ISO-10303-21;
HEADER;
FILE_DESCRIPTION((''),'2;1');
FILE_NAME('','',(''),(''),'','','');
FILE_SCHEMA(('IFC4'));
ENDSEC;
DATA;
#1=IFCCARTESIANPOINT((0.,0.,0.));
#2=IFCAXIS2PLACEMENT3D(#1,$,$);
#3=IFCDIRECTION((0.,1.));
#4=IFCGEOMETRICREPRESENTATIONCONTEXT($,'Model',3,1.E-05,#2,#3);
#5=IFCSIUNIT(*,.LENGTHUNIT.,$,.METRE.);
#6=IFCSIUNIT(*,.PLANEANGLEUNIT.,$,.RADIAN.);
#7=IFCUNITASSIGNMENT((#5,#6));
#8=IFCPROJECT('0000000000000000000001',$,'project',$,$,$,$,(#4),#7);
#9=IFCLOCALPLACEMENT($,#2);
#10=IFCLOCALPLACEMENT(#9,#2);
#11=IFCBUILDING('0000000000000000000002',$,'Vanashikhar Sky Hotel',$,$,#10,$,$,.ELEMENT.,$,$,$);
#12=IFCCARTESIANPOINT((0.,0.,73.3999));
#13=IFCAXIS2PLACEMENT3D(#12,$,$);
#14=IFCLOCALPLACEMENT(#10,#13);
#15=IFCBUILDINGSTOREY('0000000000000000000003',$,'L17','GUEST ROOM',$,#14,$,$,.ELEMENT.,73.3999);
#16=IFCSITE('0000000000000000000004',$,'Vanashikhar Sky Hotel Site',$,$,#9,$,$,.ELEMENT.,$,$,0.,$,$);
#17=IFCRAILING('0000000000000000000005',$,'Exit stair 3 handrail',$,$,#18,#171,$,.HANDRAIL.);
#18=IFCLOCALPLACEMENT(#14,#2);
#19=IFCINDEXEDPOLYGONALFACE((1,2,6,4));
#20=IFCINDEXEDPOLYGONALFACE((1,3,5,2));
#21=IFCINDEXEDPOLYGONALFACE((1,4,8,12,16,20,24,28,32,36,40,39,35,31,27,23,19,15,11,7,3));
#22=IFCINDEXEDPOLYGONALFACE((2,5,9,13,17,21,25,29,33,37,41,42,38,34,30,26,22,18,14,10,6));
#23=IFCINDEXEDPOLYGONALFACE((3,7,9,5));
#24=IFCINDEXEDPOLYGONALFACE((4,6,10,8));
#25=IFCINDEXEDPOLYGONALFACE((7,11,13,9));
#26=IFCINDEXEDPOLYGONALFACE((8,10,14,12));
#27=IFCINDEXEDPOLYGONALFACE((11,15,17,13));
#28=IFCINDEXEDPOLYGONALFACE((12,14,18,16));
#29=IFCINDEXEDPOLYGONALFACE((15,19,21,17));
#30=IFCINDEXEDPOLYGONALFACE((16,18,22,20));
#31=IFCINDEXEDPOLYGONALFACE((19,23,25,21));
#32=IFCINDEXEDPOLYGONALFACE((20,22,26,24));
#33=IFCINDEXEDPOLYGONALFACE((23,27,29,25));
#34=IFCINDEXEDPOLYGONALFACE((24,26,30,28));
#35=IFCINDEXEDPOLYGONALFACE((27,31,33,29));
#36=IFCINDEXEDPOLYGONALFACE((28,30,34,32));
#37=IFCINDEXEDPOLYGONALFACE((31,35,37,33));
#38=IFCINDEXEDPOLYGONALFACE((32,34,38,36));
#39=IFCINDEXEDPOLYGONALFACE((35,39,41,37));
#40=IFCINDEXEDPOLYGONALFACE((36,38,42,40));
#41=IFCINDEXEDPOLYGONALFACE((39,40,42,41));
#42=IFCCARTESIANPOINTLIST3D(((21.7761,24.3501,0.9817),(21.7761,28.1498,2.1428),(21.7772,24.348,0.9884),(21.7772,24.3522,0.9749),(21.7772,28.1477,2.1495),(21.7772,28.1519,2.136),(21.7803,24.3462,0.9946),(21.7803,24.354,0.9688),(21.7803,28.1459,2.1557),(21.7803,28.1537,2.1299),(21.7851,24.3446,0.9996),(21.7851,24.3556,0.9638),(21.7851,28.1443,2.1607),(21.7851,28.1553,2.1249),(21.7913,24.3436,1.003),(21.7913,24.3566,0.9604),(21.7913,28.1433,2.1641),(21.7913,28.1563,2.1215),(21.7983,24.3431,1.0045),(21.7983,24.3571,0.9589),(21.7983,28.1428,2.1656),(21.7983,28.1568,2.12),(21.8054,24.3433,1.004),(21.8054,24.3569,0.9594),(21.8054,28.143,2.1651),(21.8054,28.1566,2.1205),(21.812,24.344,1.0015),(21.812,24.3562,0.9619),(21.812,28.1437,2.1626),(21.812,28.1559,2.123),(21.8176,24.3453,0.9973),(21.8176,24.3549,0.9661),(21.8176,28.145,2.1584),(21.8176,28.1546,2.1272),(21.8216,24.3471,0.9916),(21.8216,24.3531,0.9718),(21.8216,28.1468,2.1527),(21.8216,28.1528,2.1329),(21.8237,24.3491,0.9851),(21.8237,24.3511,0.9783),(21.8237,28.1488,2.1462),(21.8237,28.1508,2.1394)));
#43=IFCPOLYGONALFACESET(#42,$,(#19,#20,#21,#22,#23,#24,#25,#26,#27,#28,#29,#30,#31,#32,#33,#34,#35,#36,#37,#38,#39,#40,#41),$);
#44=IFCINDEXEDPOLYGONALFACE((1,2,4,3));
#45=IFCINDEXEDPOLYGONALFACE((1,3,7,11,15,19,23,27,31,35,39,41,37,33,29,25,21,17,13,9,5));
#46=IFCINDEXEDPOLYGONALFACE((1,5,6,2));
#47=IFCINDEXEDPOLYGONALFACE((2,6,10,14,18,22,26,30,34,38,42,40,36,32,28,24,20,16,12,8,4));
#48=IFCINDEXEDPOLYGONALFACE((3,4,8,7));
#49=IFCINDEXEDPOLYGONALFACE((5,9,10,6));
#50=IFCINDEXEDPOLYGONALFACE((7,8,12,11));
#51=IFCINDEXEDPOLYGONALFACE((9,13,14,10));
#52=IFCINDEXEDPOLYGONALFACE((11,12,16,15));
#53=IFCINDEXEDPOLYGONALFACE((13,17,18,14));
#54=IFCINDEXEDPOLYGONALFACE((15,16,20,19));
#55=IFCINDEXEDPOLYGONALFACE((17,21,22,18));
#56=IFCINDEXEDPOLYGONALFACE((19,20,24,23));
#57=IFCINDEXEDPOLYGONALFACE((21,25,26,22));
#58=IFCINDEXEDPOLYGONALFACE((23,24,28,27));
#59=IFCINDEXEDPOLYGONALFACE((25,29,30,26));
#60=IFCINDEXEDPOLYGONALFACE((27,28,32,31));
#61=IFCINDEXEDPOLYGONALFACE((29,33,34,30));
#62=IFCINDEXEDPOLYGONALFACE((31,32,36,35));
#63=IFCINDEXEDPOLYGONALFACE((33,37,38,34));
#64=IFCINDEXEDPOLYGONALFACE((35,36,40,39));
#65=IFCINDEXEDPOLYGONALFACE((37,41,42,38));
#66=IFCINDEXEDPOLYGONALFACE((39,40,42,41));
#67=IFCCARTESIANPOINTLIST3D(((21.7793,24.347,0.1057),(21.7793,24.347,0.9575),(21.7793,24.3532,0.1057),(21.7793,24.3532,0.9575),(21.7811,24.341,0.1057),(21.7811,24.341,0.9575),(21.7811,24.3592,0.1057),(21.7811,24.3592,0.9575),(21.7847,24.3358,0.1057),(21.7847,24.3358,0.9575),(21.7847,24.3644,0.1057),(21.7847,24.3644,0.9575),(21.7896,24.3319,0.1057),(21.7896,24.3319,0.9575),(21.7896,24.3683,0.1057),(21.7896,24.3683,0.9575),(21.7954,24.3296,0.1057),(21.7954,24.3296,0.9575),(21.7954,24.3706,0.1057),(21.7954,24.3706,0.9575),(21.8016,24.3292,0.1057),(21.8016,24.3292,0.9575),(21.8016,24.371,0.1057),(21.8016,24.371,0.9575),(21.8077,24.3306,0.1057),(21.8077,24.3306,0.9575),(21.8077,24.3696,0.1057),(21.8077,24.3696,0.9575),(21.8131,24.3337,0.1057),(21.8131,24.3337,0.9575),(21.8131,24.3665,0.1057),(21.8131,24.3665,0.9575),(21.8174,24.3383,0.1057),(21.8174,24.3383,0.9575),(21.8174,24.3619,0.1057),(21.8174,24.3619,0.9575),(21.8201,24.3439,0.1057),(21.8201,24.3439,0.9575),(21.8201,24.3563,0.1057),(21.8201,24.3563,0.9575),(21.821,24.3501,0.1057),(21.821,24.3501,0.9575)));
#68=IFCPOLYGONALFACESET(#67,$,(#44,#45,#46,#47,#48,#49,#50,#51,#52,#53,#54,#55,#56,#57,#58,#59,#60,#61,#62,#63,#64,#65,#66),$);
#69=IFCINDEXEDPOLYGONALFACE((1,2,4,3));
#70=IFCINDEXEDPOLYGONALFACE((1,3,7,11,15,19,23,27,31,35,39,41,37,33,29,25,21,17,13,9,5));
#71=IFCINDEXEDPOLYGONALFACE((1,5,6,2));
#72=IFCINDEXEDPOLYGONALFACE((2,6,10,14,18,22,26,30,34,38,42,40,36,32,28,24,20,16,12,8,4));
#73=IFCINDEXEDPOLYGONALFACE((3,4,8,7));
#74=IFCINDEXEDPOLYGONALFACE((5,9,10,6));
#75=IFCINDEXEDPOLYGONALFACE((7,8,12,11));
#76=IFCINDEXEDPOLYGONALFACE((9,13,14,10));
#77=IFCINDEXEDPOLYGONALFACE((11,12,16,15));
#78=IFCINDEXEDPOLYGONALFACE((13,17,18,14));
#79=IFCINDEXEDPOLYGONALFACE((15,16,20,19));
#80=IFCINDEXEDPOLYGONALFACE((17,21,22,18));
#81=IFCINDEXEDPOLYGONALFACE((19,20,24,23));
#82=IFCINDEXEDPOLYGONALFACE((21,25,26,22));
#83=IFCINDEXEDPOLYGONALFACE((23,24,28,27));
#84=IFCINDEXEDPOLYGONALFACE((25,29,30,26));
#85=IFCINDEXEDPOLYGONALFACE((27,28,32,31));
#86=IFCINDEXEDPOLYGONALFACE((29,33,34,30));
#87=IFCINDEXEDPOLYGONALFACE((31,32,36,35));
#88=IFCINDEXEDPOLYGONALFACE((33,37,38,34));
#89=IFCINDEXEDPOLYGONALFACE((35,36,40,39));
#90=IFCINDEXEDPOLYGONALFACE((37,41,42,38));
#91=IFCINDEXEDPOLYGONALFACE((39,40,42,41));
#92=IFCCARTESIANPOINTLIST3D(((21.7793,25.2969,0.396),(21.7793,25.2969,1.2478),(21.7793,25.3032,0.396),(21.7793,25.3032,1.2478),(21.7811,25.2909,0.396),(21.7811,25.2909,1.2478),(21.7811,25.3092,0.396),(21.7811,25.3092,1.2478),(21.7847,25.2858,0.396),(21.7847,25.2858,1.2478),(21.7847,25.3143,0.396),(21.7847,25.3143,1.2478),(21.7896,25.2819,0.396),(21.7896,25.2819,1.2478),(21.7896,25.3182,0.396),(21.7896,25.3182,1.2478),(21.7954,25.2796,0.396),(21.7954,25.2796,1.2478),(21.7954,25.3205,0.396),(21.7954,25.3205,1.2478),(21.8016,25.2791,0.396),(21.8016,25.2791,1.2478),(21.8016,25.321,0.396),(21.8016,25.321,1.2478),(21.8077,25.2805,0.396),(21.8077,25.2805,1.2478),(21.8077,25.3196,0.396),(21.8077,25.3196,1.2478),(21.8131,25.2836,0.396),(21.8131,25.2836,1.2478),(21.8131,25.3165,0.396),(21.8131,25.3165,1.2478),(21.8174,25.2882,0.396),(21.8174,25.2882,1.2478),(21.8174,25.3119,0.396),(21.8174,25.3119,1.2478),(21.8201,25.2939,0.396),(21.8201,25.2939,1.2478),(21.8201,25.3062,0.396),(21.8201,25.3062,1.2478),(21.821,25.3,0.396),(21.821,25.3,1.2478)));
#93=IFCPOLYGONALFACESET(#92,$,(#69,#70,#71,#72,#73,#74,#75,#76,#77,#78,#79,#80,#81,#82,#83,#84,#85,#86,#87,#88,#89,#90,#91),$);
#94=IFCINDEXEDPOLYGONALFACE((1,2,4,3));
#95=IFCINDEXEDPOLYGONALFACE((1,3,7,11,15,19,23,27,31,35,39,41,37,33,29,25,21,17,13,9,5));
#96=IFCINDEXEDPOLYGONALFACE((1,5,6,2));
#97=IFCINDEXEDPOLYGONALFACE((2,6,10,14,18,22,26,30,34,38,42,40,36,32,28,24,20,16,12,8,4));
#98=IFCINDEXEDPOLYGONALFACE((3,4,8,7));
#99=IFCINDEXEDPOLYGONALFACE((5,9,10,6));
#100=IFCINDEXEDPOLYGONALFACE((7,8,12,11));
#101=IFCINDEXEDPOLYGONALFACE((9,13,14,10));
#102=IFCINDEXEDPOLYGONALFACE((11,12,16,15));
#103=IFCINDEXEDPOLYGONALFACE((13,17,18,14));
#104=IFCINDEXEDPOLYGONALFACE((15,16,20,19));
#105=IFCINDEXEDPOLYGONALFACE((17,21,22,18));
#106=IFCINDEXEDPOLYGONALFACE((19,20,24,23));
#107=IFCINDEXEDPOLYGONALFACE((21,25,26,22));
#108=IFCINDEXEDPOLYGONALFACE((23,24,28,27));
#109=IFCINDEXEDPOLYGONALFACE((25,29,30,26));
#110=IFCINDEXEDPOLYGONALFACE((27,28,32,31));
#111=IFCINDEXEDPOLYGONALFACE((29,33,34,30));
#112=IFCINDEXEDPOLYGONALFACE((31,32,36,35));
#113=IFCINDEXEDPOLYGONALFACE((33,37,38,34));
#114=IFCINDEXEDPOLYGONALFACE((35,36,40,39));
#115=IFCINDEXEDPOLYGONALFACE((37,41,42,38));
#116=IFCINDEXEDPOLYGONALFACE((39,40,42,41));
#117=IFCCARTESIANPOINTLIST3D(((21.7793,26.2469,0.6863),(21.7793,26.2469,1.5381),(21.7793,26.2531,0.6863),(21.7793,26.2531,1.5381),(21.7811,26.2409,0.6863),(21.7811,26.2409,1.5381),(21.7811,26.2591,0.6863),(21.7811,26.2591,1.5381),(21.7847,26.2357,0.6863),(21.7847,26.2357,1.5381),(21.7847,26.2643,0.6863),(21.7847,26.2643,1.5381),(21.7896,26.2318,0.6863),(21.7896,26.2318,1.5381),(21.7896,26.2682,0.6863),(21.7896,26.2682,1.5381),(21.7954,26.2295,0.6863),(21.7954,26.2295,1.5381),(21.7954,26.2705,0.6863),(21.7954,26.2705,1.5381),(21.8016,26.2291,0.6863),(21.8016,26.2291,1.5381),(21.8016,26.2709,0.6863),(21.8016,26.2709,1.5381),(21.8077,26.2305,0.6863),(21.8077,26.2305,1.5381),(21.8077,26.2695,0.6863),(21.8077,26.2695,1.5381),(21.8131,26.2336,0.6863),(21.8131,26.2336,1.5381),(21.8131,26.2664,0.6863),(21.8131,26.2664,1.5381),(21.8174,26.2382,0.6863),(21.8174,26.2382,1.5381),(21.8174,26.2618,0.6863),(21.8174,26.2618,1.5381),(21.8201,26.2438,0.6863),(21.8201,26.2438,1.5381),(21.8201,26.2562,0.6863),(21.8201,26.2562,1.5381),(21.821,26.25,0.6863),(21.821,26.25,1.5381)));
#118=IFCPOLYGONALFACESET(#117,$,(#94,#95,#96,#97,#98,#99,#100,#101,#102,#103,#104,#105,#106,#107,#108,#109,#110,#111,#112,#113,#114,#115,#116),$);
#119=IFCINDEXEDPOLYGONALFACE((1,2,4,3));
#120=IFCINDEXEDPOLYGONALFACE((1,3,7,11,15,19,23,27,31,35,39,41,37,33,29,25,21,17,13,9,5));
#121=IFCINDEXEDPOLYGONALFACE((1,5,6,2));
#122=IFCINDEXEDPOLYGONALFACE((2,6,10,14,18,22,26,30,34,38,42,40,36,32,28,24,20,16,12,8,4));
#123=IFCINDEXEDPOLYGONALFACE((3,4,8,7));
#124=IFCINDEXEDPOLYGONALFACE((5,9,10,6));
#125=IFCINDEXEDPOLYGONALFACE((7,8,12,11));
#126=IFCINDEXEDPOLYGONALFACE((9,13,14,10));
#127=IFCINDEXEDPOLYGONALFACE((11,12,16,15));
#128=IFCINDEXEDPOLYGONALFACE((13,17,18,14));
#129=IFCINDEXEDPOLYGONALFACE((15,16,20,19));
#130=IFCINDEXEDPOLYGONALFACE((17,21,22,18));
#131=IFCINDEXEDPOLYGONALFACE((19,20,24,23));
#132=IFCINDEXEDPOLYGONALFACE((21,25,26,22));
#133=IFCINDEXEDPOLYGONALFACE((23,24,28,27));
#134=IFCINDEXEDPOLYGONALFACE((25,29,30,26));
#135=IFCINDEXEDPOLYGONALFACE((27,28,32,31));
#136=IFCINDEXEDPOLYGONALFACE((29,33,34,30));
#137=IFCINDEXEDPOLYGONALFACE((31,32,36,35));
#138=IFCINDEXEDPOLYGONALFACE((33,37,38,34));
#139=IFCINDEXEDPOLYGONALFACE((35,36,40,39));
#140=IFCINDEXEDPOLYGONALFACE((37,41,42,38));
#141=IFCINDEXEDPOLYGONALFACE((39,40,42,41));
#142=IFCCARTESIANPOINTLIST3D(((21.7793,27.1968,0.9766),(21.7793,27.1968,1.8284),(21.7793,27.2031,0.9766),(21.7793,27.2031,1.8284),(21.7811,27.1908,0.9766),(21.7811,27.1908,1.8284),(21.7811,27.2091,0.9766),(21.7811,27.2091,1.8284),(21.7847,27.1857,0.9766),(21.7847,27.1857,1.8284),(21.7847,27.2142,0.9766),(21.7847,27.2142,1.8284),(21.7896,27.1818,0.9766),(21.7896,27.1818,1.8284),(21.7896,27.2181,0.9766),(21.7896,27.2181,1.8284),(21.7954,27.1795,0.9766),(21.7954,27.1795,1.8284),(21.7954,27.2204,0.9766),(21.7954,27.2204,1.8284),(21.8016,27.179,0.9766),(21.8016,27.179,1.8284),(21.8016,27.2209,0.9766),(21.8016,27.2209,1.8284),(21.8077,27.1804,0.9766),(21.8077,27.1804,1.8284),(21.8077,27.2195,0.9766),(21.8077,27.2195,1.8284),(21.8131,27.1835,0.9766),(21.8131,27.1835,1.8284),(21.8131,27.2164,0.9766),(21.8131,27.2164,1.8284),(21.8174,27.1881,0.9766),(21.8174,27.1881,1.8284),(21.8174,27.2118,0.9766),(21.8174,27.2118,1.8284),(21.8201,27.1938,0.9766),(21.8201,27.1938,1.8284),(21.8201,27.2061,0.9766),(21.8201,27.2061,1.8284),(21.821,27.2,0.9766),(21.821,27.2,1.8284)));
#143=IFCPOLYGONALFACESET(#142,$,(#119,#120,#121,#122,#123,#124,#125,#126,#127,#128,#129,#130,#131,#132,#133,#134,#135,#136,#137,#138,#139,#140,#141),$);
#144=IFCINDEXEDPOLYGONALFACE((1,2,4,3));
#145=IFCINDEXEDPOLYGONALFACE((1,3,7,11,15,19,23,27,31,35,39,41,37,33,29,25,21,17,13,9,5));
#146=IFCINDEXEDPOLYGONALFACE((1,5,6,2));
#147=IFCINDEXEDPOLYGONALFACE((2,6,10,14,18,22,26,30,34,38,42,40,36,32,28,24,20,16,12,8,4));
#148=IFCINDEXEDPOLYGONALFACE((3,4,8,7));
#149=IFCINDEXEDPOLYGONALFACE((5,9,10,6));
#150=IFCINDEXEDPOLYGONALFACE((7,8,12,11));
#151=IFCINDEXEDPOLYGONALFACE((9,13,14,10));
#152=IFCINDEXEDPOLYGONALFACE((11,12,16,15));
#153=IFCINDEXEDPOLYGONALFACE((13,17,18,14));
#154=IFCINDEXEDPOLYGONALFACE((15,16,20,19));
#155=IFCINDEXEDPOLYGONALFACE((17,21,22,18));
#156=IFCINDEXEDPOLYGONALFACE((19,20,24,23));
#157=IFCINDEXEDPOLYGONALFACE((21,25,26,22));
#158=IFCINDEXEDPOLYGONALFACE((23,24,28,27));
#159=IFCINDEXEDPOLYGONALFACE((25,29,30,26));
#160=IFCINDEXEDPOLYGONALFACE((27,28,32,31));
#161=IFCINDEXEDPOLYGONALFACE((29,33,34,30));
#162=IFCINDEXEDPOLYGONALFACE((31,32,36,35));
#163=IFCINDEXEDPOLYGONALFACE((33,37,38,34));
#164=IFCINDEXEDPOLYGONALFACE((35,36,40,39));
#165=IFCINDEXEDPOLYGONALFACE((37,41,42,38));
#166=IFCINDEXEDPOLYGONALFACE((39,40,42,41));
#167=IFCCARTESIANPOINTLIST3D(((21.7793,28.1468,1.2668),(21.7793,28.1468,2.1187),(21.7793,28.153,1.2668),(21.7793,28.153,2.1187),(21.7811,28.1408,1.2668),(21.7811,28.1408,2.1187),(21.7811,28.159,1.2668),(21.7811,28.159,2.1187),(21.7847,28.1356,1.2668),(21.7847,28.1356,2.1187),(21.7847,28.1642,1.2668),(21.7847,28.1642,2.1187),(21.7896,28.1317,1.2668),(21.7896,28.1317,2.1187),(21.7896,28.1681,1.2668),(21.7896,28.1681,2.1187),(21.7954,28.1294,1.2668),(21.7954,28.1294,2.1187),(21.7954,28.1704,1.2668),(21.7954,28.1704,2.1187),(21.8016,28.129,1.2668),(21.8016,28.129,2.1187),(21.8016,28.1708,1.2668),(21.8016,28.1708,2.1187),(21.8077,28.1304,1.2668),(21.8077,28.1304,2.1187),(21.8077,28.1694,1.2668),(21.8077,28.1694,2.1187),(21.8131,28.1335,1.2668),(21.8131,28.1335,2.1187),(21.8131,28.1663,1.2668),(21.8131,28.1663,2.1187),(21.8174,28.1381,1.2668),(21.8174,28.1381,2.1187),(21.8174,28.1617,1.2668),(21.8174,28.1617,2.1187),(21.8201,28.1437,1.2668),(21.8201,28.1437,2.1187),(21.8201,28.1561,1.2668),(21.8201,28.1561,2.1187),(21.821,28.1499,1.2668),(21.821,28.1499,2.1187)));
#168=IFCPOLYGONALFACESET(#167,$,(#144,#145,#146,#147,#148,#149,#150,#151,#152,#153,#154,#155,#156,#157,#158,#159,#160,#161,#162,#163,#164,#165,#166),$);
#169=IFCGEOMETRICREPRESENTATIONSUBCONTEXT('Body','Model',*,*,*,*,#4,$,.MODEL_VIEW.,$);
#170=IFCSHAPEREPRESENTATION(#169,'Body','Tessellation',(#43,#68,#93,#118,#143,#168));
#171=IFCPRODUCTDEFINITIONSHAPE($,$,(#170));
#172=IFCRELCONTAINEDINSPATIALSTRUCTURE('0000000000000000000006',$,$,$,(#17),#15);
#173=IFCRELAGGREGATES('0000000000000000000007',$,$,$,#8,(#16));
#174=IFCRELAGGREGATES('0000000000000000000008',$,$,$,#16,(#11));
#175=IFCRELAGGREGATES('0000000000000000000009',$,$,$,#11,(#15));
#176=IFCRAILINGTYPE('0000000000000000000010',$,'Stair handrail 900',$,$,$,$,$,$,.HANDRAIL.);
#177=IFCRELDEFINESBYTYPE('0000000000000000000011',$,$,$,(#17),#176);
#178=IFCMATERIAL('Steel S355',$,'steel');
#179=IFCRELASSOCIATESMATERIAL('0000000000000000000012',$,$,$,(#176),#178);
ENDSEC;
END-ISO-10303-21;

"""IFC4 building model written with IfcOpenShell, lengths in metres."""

from ifc_helpers import new_model, si_unit, direction, frame, origin, origin_2d, place, context, subcontext, project, spatial, circle, extrude, source, transform, mapped, material, type_object, element, save


model = new_model("IFC4")

# Units and contexts
model_context = context("Model", 3, precision=1e-05, world=origin(), true_north=direction((0.0, 1.0)))
body_context = subcontext(model_context, "Body", "Model", "MODEL_VIEW")
ifc_project = project(units=[si_unit("LENGTHUNIT", "METRE"), si_unit("PLANEANGLEUNIT", "RADIAN")], contexts=[model_context])

# Site, building, storey
site_placement = place(None, origin())
site = spatial("IfcSite", under=ifc_project, at=site_placement, Name="Vanashikhar Sky Hotel Site", CompositionType="ELEMENT", RefElevation=0.0)
building_placement = place(site_placement, origin())
building = spatial("IfcBuilding", under=site, at=building_placement, Name="Vanashikhar Sky Hotel", CompositionType="ELEMENT")
storey_placement = place(building_placement, frame((0.0, 0.0, 73.3999)))
storey = spatial("IfcBuildingStorey", under=building, at=storey_placement, Name="L17", Description="GUEST ROOM", CompositionType="ELEMENT", Elevation=73.3999)

# Railing
ifc_material_1 = material(Name="Steel S355", Category="steel")
railing_type_1 = type_object("IfcRailingType", Name="Stair handrail 900", PredefinedType="HANDRAIL", material=ifc_material_1)
shared_shape_1 = source(origin(), body_context, "Body", "SweptSolid", [
    extrude(circle(Radius=0.0239, at=origin_2d()), frame((0.0, 0.0, 0.876), z_axis=(0.0, 0.956346, 0.292237), x_axis=(-1.0, 0.0, 0.0)), (0.0, 0.0, 1.0), 3.9731),
    extrude(circle(Radius=0.021, at=origin_2d()), origin(), (0.0, 0.0, 1.0), 0.8518),
    extrude(circle(Radius=0.021, at=origin_2d()), frame((0.0, 0.95, 0.2903)), (0.0, 0.0, 1.0), 0.8518),
    extrude(circle(Radius=0.021, at=origin_2d()), frame((0.0, 1.8999, 0.5806)), (0.0, 0.0, 1.0), 0.8518),
    extrude(circle(Radius=0.021, at=origin_2d()), frame((0.0, 2.8499, 0.8708)), (0.0, 0.0, 1.0), 0.8518),
    extrude(circle(Radius=0.021, at=origin_2d()), frame((0.0, 3.7998, 1.1611)), (0.0, 0.0, 1.0), 0.8518),
])
railing_1_placement = place(storey_placement, frame((21.8, 24.3501, 0.1057)))
element("IfcRailing", 1, at=railing_1_placement, inside=storey, type_object=railing_type_1, Name="Exit stair 3 handrail", PredefinedType="HANDRAIL", context=body_context, shape_type="MappedRepresentation", body=[
    mapped(shared_shape_1, transform((0.0, 0.0, 0.0), scale=1.0)),
])

save(model, "model.ifc")
